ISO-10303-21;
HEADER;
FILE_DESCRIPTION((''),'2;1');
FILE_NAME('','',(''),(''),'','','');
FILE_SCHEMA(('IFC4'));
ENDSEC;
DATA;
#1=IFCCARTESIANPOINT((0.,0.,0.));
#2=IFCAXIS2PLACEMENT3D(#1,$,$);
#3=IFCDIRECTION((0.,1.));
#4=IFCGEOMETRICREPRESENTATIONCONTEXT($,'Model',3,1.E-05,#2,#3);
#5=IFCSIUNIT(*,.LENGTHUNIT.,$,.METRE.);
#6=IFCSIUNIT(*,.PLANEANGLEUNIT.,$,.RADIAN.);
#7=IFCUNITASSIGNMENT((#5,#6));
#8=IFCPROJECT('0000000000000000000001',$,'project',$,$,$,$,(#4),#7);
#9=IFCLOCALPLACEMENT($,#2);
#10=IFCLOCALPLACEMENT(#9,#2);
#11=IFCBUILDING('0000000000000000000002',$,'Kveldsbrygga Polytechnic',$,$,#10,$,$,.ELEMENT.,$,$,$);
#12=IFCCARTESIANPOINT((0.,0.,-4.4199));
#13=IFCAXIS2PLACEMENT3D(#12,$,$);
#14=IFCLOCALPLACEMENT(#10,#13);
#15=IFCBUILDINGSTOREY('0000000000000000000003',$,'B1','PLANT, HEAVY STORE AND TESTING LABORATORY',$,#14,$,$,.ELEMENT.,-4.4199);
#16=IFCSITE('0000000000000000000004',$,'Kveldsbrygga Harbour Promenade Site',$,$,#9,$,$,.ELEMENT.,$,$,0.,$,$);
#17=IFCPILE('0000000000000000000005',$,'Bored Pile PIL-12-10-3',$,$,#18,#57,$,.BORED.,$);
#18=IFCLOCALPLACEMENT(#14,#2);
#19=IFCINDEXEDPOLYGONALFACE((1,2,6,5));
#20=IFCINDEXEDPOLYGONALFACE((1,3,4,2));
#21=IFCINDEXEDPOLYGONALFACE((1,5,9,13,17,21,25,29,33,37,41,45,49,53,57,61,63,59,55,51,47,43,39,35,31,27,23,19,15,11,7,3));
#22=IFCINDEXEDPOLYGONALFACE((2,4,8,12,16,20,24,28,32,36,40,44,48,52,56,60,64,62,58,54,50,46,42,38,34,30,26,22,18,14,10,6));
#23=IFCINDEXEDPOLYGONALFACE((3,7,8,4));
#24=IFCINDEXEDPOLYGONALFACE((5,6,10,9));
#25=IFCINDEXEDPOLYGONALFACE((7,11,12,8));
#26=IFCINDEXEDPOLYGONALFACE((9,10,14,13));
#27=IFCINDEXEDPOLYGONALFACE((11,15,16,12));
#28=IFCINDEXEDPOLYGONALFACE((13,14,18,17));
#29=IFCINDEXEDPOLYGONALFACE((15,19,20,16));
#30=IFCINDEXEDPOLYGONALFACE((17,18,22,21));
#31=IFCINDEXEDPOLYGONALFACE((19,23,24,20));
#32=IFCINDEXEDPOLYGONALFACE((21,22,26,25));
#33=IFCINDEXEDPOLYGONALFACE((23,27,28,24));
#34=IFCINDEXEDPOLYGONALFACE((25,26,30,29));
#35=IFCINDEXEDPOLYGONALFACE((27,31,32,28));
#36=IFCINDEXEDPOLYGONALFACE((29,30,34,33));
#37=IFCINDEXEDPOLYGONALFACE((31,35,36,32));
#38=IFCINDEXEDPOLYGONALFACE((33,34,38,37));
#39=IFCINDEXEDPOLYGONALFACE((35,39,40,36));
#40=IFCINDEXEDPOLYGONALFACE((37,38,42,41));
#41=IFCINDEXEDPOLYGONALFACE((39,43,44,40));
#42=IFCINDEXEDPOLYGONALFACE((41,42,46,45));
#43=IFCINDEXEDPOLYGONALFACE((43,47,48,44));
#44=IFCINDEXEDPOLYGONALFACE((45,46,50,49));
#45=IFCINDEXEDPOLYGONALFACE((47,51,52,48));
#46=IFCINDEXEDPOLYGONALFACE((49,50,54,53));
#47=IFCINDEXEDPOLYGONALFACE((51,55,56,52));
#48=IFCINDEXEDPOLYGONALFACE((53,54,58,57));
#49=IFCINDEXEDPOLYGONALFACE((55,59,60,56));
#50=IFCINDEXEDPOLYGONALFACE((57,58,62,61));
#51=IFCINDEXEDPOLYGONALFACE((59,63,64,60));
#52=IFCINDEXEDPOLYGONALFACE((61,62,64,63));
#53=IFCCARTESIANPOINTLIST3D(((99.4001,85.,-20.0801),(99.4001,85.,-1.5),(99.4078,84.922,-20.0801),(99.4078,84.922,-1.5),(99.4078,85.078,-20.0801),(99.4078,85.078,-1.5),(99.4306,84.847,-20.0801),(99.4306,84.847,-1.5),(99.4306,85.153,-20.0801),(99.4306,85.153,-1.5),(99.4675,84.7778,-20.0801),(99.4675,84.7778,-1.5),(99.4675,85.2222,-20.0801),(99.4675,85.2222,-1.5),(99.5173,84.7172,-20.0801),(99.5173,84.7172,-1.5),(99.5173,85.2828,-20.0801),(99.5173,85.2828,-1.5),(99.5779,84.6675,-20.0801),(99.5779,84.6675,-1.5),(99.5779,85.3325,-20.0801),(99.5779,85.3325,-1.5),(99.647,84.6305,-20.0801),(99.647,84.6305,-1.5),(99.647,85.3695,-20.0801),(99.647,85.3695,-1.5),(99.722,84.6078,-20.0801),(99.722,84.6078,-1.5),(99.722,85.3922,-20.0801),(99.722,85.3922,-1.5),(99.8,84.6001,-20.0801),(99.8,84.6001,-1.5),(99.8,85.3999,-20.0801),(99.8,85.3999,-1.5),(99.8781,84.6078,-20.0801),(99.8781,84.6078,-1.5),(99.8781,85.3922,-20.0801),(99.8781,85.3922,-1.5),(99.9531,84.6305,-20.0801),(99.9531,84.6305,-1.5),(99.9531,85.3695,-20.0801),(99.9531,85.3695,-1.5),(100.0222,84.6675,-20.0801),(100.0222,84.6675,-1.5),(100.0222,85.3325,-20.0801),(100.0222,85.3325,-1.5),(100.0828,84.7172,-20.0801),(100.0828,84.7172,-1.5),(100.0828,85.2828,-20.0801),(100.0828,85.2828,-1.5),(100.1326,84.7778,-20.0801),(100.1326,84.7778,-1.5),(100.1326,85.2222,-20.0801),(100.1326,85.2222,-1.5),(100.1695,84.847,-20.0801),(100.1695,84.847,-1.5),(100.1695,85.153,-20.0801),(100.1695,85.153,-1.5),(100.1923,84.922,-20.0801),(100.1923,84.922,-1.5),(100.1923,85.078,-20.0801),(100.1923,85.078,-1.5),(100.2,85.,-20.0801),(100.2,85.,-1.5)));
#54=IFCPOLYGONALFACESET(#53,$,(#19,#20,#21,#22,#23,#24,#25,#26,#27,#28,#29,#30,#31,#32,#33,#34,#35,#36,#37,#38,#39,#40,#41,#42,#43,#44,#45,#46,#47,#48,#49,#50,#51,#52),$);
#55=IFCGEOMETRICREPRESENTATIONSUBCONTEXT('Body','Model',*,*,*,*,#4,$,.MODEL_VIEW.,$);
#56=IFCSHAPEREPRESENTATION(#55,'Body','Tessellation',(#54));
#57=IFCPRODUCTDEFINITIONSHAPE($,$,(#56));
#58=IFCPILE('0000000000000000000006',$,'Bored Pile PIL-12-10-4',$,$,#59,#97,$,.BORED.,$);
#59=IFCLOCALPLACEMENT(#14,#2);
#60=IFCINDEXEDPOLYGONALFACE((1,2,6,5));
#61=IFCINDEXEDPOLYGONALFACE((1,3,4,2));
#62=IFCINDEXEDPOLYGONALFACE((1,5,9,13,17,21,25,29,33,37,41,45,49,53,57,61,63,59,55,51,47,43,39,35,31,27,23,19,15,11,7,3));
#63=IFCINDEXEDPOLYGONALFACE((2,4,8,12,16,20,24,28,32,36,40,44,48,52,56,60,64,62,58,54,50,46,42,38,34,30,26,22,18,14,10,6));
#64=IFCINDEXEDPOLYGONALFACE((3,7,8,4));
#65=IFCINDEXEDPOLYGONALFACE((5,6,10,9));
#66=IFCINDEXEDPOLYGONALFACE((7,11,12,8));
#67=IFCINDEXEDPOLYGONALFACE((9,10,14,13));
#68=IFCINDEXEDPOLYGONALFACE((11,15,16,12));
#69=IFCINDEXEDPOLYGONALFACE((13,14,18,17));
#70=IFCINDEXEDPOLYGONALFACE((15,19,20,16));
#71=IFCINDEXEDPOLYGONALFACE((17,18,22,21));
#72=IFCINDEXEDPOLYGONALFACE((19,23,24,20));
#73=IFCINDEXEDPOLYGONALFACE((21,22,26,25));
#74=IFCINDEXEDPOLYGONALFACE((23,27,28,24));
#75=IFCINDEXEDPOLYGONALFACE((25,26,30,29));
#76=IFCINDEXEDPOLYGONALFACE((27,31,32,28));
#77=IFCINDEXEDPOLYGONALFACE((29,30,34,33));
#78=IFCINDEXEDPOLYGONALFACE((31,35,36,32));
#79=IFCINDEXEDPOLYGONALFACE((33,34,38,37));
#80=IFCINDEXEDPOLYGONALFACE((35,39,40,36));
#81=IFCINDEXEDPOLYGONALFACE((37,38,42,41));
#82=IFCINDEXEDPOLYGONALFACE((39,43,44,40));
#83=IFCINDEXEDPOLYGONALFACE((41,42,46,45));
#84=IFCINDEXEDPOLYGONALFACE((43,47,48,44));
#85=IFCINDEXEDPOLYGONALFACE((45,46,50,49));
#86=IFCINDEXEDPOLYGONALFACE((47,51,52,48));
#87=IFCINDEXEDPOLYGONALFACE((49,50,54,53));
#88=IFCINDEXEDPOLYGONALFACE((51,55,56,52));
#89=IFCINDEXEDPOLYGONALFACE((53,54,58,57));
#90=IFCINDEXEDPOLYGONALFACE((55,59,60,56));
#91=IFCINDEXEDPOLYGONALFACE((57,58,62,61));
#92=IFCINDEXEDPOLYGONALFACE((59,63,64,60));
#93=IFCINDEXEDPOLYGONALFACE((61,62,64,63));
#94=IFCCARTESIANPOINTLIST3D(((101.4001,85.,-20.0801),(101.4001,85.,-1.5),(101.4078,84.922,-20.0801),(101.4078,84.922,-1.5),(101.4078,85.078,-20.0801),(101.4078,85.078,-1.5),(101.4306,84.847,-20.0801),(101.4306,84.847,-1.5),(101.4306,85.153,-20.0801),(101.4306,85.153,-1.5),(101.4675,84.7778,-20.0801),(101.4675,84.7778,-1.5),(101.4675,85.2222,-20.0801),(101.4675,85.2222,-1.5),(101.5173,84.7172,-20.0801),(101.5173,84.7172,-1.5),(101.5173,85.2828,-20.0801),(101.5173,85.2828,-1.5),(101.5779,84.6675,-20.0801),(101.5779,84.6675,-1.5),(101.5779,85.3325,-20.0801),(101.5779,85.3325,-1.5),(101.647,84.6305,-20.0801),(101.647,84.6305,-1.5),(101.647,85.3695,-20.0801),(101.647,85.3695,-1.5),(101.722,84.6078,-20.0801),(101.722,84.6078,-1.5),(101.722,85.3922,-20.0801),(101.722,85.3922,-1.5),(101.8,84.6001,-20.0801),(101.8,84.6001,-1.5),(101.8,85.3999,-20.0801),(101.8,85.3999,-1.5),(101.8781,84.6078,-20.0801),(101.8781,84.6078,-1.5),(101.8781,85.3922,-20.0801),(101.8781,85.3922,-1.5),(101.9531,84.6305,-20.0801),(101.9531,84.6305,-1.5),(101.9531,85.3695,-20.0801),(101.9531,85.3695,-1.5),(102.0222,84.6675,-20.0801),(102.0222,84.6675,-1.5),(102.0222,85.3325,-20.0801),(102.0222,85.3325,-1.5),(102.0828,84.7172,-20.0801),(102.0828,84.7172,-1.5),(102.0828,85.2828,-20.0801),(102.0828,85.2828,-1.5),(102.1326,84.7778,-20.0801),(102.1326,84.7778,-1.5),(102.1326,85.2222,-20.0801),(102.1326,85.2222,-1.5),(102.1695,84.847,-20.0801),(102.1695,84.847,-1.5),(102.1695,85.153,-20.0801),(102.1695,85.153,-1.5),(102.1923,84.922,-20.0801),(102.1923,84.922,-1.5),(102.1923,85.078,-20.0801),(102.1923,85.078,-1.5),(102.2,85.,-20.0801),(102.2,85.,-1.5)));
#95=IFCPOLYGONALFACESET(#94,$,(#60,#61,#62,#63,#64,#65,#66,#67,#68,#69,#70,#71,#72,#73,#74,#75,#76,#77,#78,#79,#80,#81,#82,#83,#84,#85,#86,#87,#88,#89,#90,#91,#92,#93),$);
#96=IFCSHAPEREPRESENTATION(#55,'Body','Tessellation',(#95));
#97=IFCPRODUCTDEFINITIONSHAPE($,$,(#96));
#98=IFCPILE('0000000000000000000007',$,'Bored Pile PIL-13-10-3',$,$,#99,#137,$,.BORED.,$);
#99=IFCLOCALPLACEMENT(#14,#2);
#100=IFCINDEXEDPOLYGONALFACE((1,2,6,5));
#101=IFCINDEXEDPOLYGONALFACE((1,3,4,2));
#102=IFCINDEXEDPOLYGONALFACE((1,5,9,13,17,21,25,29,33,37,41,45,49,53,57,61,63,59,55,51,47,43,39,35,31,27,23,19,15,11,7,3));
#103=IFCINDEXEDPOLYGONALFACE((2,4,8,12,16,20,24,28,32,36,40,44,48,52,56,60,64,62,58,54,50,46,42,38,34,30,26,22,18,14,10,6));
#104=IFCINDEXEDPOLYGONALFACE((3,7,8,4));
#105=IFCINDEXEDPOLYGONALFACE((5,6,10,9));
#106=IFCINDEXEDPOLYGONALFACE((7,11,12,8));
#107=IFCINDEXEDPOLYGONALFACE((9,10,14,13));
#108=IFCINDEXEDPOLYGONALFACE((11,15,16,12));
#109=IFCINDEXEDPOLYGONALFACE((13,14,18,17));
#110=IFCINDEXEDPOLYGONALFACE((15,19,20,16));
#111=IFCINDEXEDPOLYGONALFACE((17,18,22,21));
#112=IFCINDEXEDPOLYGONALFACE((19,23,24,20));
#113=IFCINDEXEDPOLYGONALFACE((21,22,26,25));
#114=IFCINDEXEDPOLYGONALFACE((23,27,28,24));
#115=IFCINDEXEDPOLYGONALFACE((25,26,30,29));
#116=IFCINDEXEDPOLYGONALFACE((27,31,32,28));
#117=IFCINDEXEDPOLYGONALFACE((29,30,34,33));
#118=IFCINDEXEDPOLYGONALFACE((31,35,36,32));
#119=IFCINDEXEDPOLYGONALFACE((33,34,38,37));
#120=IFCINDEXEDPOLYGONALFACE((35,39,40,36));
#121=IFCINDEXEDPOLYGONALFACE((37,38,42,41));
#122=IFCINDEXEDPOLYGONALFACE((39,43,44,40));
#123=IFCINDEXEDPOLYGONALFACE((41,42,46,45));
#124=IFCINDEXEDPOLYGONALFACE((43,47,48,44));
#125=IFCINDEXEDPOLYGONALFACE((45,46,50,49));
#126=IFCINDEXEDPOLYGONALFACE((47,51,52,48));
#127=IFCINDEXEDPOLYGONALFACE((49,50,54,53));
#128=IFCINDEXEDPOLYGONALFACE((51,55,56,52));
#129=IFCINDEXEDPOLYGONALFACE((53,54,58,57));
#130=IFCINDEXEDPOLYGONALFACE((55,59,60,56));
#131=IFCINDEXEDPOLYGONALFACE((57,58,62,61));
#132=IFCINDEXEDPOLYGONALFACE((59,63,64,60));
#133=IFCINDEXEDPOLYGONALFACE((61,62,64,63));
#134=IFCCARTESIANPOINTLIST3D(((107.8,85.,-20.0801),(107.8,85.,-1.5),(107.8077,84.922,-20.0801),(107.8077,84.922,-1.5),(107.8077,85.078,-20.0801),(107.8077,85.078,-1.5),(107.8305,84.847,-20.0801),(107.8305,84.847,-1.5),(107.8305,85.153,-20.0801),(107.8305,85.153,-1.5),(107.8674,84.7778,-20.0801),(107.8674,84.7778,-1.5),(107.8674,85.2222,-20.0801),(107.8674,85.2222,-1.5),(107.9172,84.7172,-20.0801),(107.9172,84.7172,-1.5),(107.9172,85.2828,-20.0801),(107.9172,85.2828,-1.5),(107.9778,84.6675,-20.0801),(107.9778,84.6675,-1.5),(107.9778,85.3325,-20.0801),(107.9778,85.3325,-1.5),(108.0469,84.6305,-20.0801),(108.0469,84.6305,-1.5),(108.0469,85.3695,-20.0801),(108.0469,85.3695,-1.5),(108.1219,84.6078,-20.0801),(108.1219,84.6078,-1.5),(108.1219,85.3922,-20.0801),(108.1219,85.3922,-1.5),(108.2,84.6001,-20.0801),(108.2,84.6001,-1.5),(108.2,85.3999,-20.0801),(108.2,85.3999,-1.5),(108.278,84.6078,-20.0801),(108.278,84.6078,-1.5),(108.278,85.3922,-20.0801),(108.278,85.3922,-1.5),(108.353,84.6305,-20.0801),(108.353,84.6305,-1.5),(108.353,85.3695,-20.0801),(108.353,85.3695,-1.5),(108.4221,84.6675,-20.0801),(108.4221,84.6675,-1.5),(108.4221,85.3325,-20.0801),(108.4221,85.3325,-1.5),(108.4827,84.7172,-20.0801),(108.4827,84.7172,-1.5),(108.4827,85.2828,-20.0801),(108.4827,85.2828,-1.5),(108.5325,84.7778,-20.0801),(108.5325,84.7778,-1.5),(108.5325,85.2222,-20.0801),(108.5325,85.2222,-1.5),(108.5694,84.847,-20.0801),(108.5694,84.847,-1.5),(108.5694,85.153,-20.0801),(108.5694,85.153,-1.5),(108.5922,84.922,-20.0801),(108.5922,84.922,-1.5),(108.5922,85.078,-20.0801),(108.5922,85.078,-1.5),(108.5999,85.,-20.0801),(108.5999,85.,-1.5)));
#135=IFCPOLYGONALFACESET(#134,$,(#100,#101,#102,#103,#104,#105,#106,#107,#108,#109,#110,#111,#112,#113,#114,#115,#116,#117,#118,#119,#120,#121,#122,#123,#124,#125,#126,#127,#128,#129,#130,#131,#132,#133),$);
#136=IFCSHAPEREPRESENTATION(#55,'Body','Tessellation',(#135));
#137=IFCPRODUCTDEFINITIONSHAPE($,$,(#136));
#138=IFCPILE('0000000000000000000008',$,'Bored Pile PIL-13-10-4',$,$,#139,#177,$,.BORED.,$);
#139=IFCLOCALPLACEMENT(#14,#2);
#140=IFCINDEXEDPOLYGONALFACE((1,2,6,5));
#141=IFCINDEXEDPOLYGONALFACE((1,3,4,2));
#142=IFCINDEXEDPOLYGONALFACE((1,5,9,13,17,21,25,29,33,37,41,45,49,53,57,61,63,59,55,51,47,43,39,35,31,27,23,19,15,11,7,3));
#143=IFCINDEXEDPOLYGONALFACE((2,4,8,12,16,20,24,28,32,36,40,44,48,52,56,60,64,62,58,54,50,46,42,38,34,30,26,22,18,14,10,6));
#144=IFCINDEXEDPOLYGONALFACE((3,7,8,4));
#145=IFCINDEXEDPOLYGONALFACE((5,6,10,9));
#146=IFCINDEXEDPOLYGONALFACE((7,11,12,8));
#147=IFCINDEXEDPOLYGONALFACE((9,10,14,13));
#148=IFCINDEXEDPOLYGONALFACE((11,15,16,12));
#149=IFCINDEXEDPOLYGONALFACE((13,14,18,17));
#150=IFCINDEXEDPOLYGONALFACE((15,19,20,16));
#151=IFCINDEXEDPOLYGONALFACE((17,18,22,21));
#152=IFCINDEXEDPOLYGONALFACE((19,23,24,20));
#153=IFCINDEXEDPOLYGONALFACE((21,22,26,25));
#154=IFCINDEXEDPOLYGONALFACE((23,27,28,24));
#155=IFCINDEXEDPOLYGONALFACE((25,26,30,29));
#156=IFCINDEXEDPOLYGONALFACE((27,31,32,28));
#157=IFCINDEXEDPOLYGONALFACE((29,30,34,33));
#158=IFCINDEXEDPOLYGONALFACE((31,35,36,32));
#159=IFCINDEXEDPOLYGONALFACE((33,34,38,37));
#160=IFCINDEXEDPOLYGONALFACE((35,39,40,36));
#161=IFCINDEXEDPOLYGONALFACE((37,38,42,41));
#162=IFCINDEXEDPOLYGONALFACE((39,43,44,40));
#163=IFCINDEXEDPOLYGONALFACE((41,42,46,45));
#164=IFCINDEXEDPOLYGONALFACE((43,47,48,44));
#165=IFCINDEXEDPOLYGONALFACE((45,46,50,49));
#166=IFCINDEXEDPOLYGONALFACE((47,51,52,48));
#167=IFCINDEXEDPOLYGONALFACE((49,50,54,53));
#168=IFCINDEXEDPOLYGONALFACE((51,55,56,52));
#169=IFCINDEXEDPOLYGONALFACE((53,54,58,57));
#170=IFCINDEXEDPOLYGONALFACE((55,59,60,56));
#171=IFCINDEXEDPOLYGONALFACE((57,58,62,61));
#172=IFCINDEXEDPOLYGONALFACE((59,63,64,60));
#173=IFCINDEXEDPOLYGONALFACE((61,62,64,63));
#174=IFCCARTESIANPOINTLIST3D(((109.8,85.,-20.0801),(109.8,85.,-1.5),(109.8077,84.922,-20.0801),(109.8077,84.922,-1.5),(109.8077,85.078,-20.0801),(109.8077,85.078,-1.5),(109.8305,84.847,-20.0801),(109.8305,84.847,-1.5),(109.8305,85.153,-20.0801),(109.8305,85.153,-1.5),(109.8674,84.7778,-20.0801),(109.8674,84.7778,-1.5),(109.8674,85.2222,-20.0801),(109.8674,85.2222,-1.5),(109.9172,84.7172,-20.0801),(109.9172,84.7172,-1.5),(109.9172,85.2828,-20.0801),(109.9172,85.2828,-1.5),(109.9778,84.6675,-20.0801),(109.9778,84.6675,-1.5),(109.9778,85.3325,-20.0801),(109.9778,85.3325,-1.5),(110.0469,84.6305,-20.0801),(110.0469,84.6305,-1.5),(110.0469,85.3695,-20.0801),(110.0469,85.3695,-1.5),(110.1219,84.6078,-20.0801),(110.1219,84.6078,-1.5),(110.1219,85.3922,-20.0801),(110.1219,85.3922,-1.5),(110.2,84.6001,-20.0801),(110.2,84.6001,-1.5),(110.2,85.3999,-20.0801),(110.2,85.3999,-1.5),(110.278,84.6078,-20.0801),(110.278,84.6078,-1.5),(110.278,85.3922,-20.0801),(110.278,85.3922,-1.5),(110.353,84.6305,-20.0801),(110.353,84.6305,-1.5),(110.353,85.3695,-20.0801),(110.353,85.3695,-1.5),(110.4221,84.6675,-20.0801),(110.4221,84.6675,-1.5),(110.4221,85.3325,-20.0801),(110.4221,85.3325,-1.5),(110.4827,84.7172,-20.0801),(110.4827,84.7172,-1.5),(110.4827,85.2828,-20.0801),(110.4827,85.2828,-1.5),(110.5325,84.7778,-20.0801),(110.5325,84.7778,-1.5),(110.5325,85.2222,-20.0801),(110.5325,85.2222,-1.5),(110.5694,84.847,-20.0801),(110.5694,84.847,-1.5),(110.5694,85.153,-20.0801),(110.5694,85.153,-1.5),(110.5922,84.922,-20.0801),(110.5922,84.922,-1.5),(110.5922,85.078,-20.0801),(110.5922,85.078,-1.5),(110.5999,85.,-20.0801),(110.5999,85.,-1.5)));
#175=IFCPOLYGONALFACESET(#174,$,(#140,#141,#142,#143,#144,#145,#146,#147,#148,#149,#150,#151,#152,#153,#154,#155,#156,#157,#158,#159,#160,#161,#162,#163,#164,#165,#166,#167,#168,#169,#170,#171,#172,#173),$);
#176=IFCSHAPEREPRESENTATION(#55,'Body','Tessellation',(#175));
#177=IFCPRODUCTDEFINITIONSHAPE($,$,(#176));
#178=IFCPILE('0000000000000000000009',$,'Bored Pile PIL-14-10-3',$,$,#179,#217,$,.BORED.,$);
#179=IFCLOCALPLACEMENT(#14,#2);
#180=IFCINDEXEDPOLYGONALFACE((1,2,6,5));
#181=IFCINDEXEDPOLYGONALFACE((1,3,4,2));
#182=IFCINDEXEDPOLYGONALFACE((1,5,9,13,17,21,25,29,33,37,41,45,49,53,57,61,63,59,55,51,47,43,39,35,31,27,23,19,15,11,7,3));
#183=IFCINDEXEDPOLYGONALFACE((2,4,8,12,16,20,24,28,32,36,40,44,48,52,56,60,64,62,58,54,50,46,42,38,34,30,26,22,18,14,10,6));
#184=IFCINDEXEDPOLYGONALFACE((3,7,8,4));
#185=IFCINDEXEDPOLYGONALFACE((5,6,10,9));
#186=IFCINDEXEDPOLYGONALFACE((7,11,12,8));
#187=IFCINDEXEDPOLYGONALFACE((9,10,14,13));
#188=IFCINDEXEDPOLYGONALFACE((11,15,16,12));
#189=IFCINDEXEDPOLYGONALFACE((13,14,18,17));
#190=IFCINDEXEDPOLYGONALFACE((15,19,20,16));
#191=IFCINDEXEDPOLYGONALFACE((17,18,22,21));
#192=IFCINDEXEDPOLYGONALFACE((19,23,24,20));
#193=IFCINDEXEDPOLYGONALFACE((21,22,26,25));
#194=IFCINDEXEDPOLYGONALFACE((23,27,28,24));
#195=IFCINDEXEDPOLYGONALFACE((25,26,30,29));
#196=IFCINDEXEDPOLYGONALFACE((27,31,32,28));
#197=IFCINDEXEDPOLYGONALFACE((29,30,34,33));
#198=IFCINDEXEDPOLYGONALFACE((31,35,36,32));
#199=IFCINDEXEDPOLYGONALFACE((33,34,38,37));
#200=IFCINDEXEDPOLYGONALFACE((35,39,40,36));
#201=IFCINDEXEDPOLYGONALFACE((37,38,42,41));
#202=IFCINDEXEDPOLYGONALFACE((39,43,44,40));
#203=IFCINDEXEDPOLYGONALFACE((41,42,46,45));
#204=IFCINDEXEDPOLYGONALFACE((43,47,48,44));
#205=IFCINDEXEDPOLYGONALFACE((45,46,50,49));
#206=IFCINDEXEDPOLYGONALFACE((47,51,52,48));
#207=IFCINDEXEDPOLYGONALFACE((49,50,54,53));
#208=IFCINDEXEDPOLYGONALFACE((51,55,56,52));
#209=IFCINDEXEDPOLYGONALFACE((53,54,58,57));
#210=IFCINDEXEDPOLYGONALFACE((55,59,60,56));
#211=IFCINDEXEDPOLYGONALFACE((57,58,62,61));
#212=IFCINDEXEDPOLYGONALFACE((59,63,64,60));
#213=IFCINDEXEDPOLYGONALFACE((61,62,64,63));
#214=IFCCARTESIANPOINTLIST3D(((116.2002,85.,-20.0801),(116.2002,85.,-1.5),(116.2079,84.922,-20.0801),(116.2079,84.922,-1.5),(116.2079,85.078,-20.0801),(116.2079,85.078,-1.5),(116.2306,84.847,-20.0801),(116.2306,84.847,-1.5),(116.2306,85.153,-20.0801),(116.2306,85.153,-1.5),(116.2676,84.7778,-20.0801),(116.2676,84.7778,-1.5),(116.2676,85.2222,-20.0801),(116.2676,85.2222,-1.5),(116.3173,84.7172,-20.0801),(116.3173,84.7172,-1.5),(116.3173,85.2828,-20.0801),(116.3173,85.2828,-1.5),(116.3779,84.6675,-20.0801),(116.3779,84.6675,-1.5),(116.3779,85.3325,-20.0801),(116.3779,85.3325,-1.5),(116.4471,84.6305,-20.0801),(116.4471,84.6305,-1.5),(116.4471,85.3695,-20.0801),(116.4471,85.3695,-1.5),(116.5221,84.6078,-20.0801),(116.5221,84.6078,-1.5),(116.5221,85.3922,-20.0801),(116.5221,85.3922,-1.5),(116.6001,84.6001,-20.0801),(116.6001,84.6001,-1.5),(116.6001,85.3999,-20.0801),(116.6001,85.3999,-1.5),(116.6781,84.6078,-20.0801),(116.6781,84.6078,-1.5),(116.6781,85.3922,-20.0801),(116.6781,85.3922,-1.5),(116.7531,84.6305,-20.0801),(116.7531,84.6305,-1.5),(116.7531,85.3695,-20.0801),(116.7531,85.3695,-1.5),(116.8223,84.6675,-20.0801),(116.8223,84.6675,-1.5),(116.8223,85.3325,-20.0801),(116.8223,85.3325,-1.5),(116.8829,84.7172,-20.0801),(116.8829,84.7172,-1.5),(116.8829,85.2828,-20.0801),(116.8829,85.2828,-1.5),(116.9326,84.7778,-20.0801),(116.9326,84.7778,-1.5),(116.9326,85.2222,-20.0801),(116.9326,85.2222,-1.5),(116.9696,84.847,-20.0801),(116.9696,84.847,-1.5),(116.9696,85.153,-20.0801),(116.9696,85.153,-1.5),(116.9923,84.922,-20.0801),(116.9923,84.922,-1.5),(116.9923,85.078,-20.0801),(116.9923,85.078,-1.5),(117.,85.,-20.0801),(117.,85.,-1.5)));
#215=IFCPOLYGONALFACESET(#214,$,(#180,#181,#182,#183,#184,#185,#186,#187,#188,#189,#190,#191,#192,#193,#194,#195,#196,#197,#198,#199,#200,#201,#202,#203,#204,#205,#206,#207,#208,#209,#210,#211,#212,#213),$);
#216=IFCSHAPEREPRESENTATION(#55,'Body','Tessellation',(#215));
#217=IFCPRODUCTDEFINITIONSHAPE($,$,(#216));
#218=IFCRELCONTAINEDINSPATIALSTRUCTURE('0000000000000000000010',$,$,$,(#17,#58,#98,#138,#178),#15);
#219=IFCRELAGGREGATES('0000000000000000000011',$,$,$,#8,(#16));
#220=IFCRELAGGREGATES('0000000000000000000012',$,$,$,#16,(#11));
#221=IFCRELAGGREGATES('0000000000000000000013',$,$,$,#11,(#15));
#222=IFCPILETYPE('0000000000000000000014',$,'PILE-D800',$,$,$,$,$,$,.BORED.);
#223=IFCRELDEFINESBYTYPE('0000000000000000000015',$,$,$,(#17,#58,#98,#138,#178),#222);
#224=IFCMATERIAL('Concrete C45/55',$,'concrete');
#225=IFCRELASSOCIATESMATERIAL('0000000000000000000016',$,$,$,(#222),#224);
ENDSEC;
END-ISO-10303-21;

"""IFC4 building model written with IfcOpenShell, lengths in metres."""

from ifc_helpers import new_model, si_unit, direction, frame, origin, origin_2d, place, context, subcontext, project, spatial, circle, extrude, material, material_profile, profile_set, type_object, element, save


model = new_model("IFC4")

# Units and contexts
model_context = context("Model", 3, precision=1e-05, world=origin(), true_north=direction((0.0, 1.0)))
body_context = subcontext(model_context, "Body", "Model", "MODEL_VIEW")
ifc_project = project(units=[si_unit("LENGTHUNIT", "METRE"), si_unit("PLANEANGLEUNIT", "RADIAN")], contexts=[model_context])

# Site, building, storey
site_placement = place(None, origin())
site = spatial("IfcSite", under=ifc_project, at=site_placement, Name="Kveldsbrygga Harbour Promenade Site", CompositionType="ELEMENT", RefElevation=0.0)
building_placement = place(site_placement, origin())
building = spatial("IfcBuilding", under=site, at=building_placement, Name="Kveldsbrygga Polytechnic", CompositionType="ELEMENT")
storey_placement = place(building_placement, frame((0.0, 0.0, -4.4199)))
storey = spatial("IfcBuildingStorey", under=building, at=storey_placement, Name="B1", Description="PLANT, HEAVY STORE AND TESTING LABORATORY", CompositionType="ELEMENT", Elevation=-4.4199)

# Piles
ifc_material_1 = material(Name="Concrete C45/55", Category="concrete")
ifc_material_profile_1 = material_profile(ifc_material_1, circle(Radius=0.3999, at=origin_2d()), Name="PILE D800")
ifc_profile_set_1 = profile_set([ifc_material_profile_1], Name="Concrete C45/55")
pile_type = type_object("IfcPileType", Name="PILE-D800", PredefinedType="BORED", material=ifc_profile_set_1)
for number, where, z_axis, x_axis, name in (
    (1, (99.8, 85.0, -1.5), (0.0, 0.0, -1.0), (1.0, 0.0, 0.0), "Bored Pile PIL-12-10-3"),
    (2, (101.8, 85.0, -1.5), (0.0, 0.0, -1.0), (1.0, 0.0, 0.0), "Bored Pile PIL-12-10-4"),
    (3, (108.2, 85.0, -1.5), (0.0, 0.0, -1.0), (1.0, 0.0, 0.0), "Bored Pile PIL-13-10-3"),
    (4, (110.2, 85.0, -1.5), (0.0, 0.0, -1.0), (1.0, 0.0, 0.0), "Bored Pile PIL-13-10-4"),
    (5, (116.6001, 85.0, -1.5), (0.0, 0.0, -1.0), (1.0, 0.0, 0.0), "Bored Pile PIL-14-10-3"),
):
    element("IfcPile", number, at=place(storey_placement, frame(where, z_axis=z_axis, x_axis=x_axis)), inside=storey, type_object=pile_type, Name=name, PredefinedType="BORED", context=body_context, shape_type="SweptSolid", body=[
        extrude(circle(Radius=0.3999, at=origin_2d()), origin(), (0.0, 0.0, 1.0), 18.5801),
    ])

save(model, "model.ifc")
